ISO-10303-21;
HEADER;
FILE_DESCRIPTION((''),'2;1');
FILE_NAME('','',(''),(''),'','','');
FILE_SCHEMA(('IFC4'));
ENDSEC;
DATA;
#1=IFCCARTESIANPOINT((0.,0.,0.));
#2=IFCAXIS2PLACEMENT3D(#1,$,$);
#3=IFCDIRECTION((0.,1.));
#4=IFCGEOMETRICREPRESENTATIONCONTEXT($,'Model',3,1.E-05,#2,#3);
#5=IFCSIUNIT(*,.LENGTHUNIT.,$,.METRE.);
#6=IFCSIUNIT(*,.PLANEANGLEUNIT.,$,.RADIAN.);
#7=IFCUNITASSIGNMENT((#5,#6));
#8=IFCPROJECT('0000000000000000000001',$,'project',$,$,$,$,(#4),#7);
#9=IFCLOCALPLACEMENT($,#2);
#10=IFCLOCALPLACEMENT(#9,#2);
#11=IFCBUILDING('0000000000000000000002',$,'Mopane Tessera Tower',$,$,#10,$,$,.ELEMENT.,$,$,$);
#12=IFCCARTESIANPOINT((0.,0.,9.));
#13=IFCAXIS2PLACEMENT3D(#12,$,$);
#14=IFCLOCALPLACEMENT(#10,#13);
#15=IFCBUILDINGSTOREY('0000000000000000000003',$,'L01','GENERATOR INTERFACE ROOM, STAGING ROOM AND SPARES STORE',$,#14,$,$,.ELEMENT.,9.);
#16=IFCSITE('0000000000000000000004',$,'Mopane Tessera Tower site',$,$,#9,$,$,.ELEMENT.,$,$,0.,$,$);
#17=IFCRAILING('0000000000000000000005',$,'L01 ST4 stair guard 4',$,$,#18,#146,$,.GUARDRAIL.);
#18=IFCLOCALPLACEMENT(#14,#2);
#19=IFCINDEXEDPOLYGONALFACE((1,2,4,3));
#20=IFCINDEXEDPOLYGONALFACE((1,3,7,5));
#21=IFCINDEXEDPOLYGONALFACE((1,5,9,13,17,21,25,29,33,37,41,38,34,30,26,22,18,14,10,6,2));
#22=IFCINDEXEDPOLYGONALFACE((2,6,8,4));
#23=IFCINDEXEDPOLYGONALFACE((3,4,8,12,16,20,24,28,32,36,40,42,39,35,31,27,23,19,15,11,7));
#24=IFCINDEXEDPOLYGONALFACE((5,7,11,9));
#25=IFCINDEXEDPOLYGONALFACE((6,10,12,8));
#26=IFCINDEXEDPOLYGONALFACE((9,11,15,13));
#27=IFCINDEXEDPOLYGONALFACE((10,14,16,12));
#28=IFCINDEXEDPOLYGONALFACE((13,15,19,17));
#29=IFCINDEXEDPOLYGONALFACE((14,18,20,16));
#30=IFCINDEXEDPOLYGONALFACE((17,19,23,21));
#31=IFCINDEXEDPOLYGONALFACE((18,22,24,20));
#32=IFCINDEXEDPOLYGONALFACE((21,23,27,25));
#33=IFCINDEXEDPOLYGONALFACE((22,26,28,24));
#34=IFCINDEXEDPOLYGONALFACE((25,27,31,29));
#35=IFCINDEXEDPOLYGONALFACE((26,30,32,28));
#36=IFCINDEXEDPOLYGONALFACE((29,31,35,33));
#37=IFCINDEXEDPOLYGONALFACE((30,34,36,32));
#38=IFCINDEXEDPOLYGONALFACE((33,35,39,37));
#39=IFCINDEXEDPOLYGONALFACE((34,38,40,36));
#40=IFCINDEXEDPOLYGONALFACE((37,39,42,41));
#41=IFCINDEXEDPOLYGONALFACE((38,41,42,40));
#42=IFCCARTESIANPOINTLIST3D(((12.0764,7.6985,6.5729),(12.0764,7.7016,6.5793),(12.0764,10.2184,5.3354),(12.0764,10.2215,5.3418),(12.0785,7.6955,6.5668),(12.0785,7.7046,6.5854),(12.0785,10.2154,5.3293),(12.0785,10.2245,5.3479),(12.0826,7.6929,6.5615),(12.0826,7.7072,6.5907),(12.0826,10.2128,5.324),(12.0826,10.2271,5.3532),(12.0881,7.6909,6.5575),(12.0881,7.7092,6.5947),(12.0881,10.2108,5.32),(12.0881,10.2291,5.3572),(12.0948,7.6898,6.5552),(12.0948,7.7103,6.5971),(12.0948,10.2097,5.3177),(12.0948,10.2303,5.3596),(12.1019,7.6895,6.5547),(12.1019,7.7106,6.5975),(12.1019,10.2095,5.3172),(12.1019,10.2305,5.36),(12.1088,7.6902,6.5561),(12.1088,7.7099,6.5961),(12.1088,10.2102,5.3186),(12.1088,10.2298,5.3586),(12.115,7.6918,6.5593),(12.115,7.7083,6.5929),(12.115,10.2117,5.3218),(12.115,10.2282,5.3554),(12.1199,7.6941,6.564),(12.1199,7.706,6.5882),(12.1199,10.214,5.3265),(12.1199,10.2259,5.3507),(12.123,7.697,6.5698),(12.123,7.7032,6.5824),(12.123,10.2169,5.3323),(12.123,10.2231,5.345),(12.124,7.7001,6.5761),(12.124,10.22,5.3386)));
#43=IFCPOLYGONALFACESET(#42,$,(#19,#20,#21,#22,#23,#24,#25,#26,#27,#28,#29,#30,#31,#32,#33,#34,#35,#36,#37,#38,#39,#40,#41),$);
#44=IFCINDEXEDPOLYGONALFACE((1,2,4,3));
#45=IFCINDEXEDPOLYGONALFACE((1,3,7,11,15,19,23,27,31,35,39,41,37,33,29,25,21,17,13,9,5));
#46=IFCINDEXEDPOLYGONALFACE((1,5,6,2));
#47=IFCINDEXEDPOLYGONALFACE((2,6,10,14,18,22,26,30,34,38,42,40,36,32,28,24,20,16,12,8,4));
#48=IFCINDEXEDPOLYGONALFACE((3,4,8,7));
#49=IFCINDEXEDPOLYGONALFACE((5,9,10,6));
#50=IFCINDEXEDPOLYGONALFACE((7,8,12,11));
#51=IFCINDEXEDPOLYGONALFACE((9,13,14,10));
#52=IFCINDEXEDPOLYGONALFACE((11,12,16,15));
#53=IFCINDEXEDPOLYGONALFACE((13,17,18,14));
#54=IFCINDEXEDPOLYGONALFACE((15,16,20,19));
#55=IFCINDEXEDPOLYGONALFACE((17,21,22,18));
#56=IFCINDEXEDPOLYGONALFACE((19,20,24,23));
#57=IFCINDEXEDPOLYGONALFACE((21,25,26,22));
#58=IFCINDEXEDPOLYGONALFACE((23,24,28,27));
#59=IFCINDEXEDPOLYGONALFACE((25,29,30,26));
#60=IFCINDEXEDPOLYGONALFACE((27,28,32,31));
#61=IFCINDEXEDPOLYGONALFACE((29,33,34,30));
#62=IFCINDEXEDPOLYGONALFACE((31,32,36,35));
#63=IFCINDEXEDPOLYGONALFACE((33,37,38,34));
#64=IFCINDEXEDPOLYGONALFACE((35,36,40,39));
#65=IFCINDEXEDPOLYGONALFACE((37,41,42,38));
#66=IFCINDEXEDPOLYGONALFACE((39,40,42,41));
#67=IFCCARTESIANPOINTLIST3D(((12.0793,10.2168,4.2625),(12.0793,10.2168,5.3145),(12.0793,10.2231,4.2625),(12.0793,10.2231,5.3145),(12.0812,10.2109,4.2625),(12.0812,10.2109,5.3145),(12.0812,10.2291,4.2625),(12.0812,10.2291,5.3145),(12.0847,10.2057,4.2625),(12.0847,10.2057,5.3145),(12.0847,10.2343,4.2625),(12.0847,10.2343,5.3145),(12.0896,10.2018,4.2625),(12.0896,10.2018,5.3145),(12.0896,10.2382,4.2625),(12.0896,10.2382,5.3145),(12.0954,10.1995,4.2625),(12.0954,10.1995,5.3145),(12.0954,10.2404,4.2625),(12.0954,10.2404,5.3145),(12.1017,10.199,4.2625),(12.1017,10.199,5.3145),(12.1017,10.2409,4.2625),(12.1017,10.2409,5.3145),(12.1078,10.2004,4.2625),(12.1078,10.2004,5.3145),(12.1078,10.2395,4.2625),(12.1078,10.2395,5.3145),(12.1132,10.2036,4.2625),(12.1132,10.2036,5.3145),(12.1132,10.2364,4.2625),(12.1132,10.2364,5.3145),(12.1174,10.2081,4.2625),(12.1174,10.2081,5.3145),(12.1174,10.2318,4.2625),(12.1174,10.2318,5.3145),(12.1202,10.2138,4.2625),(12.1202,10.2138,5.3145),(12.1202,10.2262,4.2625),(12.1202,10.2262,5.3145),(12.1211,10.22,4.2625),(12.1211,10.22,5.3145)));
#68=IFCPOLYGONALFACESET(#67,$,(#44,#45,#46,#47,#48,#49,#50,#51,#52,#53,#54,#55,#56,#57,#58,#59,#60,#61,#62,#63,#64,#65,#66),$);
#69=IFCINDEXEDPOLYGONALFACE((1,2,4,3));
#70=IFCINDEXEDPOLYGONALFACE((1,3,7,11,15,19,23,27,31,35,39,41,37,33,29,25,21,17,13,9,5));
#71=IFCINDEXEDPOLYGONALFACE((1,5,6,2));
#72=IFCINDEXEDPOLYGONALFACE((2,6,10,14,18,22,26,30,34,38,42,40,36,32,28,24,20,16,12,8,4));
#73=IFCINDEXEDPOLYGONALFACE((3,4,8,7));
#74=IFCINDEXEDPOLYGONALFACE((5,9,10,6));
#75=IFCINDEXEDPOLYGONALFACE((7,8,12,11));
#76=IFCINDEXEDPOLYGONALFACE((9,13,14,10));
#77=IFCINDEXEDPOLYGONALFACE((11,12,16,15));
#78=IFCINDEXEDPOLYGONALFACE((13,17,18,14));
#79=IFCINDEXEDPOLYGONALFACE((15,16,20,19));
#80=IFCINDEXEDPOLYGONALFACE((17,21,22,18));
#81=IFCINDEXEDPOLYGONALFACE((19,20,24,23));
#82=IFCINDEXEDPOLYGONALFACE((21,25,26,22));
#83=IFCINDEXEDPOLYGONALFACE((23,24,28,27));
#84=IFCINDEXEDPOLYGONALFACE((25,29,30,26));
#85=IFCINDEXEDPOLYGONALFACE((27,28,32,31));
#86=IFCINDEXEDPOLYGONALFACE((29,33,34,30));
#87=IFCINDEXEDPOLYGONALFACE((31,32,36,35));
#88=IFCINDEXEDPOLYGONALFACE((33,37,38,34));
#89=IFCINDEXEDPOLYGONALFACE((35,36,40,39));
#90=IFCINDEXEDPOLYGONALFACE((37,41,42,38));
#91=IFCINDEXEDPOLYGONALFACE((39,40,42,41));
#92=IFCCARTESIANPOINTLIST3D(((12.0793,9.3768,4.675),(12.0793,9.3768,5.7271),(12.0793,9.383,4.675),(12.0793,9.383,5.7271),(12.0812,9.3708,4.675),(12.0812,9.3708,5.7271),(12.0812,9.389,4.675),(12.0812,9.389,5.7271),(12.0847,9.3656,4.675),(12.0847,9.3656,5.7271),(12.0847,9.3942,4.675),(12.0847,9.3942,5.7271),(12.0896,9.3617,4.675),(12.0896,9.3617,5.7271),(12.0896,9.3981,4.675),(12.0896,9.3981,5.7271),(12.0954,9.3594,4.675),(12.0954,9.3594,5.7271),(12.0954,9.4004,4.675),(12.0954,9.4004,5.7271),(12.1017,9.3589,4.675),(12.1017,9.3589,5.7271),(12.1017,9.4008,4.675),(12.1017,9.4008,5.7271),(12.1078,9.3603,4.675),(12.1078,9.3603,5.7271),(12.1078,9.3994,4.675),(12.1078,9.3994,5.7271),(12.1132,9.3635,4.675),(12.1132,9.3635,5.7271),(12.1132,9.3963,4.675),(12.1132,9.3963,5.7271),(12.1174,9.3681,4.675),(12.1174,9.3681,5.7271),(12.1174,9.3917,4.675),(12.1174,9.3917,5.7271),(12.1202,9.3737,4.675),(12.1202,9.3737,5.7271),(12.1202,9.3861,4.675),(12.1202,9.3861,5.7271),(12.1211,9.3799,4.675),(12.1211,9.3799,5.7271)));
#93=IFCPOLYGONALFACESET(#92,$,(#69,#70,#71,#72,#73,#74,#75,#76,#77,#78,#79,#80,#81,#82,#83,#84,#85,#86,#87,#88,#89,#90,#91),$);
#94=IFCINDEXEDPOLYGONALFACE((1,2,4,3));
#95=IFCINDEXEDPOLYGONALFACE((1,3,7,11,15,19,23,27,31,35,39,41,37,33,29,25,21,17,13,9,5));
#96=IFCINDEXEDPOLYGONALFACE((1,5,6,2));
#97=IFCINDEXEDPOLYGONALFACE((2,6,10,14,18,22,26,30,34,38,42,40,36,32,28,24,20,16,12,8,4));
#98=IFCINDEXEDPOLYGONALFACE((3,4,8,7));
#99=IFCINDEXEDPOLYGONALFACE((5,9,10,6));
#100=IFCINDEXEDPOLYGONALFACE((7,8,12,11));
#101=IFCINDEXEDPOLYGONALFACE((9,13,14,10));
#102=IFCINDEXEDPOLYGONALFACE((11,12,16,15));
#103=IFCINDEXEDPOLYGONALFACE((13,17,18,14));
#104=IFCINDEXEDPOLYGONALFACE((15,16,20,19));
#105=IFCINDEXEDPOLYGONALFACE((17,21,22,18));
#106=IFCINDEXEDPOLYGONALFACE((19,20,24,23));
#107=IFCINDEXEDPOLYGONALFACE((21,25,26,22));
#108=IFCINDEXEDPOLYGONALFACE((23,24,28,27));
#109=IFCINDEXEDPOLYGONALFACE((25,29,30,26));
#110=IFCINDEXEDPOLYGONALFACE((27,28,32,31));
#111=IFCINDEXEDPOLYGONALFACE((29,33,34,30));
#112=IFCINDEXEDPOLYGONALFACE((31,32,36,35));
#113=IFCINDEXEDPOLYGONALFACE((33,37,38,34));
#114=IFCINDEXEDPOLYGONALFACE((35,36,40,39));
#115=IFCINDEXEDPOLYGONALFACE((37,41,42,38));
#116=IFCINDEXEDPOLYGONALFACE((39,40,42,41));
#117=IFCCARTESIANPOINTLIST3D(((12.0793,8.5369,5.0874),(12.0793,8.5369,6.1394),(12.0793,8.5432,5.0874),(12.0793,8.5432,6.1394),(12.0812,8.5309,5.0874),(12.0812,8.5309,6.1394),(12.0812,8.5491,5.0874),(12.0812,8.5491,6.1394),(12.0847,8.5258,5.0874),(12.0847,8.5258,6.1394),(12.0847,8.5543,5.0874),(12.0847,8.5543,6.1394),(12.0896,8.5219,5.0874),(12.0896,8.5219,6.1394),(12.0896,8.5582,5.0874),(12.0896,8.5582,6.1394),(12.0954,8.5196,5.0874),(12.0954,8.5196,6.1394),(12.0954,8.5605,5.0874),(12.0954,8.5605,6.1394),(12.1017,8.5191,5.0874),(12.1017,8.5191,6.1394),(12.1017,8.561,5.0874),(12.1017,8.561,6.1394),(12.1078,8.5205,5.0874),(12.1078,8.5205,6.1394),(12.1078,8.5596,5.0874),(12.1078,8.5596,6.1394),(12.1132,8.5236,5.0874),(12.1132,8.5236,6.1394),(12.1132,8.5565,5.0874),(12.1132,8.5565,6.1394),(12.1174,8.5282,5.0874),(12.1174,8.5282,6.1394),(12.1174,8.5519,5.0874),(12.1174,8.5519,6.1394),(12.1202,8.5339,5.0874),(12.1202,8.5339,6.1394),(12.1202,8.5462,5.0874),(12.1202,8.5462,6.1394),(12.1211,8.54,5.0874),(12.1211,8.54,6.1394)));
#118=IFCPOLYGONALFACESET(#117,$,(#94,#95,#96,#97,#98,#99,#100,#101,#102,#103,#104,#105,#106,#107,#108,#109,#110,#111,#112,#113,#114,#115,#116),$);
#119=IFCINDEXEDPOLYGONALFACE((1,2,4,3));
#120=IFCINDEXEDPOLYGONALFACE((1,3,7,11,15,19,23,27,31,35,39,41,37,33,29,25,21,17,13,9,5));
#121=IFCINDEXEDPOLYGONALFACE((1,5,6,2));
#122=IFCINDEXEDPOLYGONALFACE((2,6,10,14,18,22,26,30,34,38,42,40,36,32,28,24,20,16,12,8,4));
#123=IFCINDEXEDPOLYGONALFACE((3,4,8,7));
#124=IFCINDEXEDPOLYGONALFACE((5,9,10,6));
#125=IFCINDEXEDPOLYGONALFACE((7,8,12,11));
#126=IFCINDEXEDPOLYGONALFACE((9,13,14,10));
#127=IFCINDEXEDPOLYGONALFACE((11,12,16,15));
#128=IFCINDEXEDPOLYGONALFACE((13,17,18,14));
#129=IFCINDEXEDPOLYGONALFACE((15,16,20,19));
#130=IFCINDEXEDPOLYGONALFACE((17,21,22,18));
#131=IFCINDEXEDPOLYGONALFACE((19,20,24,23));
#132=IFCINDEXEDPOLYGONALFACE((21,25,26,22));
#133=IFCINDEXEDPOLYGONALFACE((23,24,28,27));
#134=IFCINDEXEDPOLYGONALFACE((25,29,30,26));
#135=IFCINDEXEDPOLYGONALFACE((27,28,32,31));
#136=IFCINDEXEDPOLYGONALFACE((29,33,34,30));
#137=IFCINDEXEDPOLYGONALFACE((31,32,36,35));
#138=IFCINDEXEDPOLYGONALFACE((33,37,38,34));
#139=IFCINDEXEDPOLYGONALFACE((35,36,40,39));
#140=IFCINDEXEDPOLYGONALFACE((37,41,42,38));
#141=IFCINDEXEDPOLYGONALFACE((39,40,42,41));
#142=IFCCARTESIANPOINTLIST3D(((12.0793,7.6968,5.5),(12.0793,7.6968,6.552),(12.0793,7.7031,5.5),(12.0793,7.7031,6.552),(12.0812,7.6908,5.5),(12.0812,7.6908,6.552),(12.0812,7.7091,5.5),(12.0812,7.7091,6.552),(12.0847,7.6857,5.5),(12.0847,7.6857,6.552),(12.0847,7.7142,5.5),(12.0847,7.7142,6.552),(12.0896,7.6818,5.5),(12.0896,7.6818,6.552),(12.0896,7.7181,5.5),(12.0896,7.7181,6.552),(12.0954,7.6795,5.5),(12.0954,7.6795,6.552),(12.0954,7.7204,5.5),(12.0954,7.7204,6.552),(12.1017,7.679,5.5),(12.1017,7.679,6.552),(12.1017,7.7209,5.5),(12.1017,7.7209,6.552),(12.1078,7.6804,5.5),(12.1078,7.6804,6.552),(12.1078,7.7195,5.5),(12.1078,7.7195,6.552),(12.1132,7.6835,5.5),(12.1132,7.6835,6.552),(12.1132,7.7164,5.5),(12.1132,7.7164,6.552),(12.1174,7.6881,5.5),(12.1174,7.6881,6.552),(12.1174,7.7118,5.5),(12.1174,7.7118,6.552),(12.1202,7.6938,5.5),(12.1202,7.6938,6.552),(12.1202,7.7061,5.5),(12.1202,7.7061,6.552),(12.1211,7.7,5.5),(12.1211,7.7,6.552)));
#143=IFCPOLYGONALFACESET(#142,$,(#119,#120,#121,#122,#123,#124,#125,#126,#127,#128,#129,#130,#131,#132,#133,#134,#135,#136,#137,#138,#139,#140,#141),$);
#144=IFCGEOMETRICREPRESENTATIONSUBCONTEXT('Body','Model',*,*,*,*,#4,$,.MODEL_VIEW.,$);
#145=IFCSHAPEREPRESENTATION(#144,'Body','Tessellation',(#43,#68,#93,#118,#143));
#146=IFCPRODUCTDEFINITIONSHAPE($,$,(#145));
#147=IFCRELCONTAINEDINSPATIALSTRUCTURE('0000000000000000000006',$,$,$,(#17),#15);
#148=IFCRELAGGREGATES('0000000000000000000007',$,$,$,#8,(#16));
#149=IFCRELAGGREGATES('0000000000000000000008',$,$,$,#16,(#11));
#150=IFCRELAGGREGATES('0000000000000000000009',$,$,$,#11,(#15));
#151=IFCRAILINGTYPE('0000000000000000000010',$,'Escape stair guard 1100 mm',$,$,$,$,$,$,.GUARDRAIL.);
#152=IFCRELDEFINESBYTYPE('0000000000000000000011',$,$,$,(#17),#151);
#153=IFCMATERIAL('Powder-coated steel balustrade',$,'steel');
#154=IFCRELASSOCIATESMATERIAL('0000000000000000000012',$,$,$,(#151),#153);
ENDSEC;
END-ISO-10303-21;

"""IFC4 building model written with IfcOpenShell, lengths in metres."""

from ifc_helpers import new_model, si_unit, direction, frame, origin, origin_2d, place, context, subcontext, project, spatial, circle, extrude, material, type_object, element, save


model = new_model("IFC4")

# Units and contexts
model_context = context("Model", 3, precision=1e-05, world=origin(), true_north=direction((0.0, 1.0)))
body_context = subcontext(model_context, "Body", "Model", "MODEL_VIEW")
ifc_project = project(units=[si_unit("LENGTHUNIT", "METRE"), si_unit("PLANEANGLEUNIT", "RADIAN")], contexts=[model_context])

# Site, building, storey
site_placement = place(None, origin())
site = spatial("IfcSite", under=ifc_project, at=site_placement, Name="Mopane Tessera Tower site", CompositionType="ELEMENT", RefElevation=0.0)
building_placement = place(site_placement, origin())
building = spatial("IfcBuilding", under=site, at=building_placement, Name="Mopane Tessera Tower", CompositionType="ELEMENT")
storey_placement = place(building_placement, frame((0.0, 0.0, 9.0)))
storey = spatial("IfcBuildingStorey", under=building, at=storey_placement, Name="L01", Description="GENERATOR INTERFACE ROOM, STAGING ROOM AND SPARES STORE", CompositionType="ELEMENT", Elevation=9.0)

# Railing
ifc_material_1 = material(Name="Powder-coated steel balustrade", Category="steel")
railing_type_1 = type_object("IfcRailingType", Name="Escape stair guard 1100 mm", PredefinedType="GUARDRAIL", material=ifc_material_1)
railing_1_placement = place(storey_placement, frame((12.1001, 10.22, 4.2625)))
element("IfcRailing", 1, at=railing_1_placement, inside=storey, type_object=railing_type_1, Name="L01 ST4 stair guard 4", PredefinedType="GUARDRAIL", context=body_context, shape_type="SweptSolid", body=[
    extrude(circle(Radius=0.0239, at=origin_2d()), frame((0.0, 0.0, 1.0762), z_axis=(0.0, -0.897604, 0.440802), x_axis=(1.0, 0.0, 0.0)), (0.0, 0.0, 1.0), 2.8074),
    extrude(circle(Radius=0.021, at=origin_2d()), origin(), (0.0, 0.0, 1.0), 1.052),
    extrude(circle(Radius=0.021, at=origin_2d()), frame((0.0, -0.8401, 0.4126)), (0.0, 0.0, 1.0), 1.052),
    extrude(circle(Radius=0.021, at=origin_2d()), frame((0.0, -1.6799, 0.825)), (0.0, 0.0, 1.0), 1.052),
    extrude(circle(Radius=0.021, at=origin_2d()), frame((0.0, -2.52, 1.2375)), (0.0, 0.0, 1.0), 1.052),
])

save(model, "model.ifc")
